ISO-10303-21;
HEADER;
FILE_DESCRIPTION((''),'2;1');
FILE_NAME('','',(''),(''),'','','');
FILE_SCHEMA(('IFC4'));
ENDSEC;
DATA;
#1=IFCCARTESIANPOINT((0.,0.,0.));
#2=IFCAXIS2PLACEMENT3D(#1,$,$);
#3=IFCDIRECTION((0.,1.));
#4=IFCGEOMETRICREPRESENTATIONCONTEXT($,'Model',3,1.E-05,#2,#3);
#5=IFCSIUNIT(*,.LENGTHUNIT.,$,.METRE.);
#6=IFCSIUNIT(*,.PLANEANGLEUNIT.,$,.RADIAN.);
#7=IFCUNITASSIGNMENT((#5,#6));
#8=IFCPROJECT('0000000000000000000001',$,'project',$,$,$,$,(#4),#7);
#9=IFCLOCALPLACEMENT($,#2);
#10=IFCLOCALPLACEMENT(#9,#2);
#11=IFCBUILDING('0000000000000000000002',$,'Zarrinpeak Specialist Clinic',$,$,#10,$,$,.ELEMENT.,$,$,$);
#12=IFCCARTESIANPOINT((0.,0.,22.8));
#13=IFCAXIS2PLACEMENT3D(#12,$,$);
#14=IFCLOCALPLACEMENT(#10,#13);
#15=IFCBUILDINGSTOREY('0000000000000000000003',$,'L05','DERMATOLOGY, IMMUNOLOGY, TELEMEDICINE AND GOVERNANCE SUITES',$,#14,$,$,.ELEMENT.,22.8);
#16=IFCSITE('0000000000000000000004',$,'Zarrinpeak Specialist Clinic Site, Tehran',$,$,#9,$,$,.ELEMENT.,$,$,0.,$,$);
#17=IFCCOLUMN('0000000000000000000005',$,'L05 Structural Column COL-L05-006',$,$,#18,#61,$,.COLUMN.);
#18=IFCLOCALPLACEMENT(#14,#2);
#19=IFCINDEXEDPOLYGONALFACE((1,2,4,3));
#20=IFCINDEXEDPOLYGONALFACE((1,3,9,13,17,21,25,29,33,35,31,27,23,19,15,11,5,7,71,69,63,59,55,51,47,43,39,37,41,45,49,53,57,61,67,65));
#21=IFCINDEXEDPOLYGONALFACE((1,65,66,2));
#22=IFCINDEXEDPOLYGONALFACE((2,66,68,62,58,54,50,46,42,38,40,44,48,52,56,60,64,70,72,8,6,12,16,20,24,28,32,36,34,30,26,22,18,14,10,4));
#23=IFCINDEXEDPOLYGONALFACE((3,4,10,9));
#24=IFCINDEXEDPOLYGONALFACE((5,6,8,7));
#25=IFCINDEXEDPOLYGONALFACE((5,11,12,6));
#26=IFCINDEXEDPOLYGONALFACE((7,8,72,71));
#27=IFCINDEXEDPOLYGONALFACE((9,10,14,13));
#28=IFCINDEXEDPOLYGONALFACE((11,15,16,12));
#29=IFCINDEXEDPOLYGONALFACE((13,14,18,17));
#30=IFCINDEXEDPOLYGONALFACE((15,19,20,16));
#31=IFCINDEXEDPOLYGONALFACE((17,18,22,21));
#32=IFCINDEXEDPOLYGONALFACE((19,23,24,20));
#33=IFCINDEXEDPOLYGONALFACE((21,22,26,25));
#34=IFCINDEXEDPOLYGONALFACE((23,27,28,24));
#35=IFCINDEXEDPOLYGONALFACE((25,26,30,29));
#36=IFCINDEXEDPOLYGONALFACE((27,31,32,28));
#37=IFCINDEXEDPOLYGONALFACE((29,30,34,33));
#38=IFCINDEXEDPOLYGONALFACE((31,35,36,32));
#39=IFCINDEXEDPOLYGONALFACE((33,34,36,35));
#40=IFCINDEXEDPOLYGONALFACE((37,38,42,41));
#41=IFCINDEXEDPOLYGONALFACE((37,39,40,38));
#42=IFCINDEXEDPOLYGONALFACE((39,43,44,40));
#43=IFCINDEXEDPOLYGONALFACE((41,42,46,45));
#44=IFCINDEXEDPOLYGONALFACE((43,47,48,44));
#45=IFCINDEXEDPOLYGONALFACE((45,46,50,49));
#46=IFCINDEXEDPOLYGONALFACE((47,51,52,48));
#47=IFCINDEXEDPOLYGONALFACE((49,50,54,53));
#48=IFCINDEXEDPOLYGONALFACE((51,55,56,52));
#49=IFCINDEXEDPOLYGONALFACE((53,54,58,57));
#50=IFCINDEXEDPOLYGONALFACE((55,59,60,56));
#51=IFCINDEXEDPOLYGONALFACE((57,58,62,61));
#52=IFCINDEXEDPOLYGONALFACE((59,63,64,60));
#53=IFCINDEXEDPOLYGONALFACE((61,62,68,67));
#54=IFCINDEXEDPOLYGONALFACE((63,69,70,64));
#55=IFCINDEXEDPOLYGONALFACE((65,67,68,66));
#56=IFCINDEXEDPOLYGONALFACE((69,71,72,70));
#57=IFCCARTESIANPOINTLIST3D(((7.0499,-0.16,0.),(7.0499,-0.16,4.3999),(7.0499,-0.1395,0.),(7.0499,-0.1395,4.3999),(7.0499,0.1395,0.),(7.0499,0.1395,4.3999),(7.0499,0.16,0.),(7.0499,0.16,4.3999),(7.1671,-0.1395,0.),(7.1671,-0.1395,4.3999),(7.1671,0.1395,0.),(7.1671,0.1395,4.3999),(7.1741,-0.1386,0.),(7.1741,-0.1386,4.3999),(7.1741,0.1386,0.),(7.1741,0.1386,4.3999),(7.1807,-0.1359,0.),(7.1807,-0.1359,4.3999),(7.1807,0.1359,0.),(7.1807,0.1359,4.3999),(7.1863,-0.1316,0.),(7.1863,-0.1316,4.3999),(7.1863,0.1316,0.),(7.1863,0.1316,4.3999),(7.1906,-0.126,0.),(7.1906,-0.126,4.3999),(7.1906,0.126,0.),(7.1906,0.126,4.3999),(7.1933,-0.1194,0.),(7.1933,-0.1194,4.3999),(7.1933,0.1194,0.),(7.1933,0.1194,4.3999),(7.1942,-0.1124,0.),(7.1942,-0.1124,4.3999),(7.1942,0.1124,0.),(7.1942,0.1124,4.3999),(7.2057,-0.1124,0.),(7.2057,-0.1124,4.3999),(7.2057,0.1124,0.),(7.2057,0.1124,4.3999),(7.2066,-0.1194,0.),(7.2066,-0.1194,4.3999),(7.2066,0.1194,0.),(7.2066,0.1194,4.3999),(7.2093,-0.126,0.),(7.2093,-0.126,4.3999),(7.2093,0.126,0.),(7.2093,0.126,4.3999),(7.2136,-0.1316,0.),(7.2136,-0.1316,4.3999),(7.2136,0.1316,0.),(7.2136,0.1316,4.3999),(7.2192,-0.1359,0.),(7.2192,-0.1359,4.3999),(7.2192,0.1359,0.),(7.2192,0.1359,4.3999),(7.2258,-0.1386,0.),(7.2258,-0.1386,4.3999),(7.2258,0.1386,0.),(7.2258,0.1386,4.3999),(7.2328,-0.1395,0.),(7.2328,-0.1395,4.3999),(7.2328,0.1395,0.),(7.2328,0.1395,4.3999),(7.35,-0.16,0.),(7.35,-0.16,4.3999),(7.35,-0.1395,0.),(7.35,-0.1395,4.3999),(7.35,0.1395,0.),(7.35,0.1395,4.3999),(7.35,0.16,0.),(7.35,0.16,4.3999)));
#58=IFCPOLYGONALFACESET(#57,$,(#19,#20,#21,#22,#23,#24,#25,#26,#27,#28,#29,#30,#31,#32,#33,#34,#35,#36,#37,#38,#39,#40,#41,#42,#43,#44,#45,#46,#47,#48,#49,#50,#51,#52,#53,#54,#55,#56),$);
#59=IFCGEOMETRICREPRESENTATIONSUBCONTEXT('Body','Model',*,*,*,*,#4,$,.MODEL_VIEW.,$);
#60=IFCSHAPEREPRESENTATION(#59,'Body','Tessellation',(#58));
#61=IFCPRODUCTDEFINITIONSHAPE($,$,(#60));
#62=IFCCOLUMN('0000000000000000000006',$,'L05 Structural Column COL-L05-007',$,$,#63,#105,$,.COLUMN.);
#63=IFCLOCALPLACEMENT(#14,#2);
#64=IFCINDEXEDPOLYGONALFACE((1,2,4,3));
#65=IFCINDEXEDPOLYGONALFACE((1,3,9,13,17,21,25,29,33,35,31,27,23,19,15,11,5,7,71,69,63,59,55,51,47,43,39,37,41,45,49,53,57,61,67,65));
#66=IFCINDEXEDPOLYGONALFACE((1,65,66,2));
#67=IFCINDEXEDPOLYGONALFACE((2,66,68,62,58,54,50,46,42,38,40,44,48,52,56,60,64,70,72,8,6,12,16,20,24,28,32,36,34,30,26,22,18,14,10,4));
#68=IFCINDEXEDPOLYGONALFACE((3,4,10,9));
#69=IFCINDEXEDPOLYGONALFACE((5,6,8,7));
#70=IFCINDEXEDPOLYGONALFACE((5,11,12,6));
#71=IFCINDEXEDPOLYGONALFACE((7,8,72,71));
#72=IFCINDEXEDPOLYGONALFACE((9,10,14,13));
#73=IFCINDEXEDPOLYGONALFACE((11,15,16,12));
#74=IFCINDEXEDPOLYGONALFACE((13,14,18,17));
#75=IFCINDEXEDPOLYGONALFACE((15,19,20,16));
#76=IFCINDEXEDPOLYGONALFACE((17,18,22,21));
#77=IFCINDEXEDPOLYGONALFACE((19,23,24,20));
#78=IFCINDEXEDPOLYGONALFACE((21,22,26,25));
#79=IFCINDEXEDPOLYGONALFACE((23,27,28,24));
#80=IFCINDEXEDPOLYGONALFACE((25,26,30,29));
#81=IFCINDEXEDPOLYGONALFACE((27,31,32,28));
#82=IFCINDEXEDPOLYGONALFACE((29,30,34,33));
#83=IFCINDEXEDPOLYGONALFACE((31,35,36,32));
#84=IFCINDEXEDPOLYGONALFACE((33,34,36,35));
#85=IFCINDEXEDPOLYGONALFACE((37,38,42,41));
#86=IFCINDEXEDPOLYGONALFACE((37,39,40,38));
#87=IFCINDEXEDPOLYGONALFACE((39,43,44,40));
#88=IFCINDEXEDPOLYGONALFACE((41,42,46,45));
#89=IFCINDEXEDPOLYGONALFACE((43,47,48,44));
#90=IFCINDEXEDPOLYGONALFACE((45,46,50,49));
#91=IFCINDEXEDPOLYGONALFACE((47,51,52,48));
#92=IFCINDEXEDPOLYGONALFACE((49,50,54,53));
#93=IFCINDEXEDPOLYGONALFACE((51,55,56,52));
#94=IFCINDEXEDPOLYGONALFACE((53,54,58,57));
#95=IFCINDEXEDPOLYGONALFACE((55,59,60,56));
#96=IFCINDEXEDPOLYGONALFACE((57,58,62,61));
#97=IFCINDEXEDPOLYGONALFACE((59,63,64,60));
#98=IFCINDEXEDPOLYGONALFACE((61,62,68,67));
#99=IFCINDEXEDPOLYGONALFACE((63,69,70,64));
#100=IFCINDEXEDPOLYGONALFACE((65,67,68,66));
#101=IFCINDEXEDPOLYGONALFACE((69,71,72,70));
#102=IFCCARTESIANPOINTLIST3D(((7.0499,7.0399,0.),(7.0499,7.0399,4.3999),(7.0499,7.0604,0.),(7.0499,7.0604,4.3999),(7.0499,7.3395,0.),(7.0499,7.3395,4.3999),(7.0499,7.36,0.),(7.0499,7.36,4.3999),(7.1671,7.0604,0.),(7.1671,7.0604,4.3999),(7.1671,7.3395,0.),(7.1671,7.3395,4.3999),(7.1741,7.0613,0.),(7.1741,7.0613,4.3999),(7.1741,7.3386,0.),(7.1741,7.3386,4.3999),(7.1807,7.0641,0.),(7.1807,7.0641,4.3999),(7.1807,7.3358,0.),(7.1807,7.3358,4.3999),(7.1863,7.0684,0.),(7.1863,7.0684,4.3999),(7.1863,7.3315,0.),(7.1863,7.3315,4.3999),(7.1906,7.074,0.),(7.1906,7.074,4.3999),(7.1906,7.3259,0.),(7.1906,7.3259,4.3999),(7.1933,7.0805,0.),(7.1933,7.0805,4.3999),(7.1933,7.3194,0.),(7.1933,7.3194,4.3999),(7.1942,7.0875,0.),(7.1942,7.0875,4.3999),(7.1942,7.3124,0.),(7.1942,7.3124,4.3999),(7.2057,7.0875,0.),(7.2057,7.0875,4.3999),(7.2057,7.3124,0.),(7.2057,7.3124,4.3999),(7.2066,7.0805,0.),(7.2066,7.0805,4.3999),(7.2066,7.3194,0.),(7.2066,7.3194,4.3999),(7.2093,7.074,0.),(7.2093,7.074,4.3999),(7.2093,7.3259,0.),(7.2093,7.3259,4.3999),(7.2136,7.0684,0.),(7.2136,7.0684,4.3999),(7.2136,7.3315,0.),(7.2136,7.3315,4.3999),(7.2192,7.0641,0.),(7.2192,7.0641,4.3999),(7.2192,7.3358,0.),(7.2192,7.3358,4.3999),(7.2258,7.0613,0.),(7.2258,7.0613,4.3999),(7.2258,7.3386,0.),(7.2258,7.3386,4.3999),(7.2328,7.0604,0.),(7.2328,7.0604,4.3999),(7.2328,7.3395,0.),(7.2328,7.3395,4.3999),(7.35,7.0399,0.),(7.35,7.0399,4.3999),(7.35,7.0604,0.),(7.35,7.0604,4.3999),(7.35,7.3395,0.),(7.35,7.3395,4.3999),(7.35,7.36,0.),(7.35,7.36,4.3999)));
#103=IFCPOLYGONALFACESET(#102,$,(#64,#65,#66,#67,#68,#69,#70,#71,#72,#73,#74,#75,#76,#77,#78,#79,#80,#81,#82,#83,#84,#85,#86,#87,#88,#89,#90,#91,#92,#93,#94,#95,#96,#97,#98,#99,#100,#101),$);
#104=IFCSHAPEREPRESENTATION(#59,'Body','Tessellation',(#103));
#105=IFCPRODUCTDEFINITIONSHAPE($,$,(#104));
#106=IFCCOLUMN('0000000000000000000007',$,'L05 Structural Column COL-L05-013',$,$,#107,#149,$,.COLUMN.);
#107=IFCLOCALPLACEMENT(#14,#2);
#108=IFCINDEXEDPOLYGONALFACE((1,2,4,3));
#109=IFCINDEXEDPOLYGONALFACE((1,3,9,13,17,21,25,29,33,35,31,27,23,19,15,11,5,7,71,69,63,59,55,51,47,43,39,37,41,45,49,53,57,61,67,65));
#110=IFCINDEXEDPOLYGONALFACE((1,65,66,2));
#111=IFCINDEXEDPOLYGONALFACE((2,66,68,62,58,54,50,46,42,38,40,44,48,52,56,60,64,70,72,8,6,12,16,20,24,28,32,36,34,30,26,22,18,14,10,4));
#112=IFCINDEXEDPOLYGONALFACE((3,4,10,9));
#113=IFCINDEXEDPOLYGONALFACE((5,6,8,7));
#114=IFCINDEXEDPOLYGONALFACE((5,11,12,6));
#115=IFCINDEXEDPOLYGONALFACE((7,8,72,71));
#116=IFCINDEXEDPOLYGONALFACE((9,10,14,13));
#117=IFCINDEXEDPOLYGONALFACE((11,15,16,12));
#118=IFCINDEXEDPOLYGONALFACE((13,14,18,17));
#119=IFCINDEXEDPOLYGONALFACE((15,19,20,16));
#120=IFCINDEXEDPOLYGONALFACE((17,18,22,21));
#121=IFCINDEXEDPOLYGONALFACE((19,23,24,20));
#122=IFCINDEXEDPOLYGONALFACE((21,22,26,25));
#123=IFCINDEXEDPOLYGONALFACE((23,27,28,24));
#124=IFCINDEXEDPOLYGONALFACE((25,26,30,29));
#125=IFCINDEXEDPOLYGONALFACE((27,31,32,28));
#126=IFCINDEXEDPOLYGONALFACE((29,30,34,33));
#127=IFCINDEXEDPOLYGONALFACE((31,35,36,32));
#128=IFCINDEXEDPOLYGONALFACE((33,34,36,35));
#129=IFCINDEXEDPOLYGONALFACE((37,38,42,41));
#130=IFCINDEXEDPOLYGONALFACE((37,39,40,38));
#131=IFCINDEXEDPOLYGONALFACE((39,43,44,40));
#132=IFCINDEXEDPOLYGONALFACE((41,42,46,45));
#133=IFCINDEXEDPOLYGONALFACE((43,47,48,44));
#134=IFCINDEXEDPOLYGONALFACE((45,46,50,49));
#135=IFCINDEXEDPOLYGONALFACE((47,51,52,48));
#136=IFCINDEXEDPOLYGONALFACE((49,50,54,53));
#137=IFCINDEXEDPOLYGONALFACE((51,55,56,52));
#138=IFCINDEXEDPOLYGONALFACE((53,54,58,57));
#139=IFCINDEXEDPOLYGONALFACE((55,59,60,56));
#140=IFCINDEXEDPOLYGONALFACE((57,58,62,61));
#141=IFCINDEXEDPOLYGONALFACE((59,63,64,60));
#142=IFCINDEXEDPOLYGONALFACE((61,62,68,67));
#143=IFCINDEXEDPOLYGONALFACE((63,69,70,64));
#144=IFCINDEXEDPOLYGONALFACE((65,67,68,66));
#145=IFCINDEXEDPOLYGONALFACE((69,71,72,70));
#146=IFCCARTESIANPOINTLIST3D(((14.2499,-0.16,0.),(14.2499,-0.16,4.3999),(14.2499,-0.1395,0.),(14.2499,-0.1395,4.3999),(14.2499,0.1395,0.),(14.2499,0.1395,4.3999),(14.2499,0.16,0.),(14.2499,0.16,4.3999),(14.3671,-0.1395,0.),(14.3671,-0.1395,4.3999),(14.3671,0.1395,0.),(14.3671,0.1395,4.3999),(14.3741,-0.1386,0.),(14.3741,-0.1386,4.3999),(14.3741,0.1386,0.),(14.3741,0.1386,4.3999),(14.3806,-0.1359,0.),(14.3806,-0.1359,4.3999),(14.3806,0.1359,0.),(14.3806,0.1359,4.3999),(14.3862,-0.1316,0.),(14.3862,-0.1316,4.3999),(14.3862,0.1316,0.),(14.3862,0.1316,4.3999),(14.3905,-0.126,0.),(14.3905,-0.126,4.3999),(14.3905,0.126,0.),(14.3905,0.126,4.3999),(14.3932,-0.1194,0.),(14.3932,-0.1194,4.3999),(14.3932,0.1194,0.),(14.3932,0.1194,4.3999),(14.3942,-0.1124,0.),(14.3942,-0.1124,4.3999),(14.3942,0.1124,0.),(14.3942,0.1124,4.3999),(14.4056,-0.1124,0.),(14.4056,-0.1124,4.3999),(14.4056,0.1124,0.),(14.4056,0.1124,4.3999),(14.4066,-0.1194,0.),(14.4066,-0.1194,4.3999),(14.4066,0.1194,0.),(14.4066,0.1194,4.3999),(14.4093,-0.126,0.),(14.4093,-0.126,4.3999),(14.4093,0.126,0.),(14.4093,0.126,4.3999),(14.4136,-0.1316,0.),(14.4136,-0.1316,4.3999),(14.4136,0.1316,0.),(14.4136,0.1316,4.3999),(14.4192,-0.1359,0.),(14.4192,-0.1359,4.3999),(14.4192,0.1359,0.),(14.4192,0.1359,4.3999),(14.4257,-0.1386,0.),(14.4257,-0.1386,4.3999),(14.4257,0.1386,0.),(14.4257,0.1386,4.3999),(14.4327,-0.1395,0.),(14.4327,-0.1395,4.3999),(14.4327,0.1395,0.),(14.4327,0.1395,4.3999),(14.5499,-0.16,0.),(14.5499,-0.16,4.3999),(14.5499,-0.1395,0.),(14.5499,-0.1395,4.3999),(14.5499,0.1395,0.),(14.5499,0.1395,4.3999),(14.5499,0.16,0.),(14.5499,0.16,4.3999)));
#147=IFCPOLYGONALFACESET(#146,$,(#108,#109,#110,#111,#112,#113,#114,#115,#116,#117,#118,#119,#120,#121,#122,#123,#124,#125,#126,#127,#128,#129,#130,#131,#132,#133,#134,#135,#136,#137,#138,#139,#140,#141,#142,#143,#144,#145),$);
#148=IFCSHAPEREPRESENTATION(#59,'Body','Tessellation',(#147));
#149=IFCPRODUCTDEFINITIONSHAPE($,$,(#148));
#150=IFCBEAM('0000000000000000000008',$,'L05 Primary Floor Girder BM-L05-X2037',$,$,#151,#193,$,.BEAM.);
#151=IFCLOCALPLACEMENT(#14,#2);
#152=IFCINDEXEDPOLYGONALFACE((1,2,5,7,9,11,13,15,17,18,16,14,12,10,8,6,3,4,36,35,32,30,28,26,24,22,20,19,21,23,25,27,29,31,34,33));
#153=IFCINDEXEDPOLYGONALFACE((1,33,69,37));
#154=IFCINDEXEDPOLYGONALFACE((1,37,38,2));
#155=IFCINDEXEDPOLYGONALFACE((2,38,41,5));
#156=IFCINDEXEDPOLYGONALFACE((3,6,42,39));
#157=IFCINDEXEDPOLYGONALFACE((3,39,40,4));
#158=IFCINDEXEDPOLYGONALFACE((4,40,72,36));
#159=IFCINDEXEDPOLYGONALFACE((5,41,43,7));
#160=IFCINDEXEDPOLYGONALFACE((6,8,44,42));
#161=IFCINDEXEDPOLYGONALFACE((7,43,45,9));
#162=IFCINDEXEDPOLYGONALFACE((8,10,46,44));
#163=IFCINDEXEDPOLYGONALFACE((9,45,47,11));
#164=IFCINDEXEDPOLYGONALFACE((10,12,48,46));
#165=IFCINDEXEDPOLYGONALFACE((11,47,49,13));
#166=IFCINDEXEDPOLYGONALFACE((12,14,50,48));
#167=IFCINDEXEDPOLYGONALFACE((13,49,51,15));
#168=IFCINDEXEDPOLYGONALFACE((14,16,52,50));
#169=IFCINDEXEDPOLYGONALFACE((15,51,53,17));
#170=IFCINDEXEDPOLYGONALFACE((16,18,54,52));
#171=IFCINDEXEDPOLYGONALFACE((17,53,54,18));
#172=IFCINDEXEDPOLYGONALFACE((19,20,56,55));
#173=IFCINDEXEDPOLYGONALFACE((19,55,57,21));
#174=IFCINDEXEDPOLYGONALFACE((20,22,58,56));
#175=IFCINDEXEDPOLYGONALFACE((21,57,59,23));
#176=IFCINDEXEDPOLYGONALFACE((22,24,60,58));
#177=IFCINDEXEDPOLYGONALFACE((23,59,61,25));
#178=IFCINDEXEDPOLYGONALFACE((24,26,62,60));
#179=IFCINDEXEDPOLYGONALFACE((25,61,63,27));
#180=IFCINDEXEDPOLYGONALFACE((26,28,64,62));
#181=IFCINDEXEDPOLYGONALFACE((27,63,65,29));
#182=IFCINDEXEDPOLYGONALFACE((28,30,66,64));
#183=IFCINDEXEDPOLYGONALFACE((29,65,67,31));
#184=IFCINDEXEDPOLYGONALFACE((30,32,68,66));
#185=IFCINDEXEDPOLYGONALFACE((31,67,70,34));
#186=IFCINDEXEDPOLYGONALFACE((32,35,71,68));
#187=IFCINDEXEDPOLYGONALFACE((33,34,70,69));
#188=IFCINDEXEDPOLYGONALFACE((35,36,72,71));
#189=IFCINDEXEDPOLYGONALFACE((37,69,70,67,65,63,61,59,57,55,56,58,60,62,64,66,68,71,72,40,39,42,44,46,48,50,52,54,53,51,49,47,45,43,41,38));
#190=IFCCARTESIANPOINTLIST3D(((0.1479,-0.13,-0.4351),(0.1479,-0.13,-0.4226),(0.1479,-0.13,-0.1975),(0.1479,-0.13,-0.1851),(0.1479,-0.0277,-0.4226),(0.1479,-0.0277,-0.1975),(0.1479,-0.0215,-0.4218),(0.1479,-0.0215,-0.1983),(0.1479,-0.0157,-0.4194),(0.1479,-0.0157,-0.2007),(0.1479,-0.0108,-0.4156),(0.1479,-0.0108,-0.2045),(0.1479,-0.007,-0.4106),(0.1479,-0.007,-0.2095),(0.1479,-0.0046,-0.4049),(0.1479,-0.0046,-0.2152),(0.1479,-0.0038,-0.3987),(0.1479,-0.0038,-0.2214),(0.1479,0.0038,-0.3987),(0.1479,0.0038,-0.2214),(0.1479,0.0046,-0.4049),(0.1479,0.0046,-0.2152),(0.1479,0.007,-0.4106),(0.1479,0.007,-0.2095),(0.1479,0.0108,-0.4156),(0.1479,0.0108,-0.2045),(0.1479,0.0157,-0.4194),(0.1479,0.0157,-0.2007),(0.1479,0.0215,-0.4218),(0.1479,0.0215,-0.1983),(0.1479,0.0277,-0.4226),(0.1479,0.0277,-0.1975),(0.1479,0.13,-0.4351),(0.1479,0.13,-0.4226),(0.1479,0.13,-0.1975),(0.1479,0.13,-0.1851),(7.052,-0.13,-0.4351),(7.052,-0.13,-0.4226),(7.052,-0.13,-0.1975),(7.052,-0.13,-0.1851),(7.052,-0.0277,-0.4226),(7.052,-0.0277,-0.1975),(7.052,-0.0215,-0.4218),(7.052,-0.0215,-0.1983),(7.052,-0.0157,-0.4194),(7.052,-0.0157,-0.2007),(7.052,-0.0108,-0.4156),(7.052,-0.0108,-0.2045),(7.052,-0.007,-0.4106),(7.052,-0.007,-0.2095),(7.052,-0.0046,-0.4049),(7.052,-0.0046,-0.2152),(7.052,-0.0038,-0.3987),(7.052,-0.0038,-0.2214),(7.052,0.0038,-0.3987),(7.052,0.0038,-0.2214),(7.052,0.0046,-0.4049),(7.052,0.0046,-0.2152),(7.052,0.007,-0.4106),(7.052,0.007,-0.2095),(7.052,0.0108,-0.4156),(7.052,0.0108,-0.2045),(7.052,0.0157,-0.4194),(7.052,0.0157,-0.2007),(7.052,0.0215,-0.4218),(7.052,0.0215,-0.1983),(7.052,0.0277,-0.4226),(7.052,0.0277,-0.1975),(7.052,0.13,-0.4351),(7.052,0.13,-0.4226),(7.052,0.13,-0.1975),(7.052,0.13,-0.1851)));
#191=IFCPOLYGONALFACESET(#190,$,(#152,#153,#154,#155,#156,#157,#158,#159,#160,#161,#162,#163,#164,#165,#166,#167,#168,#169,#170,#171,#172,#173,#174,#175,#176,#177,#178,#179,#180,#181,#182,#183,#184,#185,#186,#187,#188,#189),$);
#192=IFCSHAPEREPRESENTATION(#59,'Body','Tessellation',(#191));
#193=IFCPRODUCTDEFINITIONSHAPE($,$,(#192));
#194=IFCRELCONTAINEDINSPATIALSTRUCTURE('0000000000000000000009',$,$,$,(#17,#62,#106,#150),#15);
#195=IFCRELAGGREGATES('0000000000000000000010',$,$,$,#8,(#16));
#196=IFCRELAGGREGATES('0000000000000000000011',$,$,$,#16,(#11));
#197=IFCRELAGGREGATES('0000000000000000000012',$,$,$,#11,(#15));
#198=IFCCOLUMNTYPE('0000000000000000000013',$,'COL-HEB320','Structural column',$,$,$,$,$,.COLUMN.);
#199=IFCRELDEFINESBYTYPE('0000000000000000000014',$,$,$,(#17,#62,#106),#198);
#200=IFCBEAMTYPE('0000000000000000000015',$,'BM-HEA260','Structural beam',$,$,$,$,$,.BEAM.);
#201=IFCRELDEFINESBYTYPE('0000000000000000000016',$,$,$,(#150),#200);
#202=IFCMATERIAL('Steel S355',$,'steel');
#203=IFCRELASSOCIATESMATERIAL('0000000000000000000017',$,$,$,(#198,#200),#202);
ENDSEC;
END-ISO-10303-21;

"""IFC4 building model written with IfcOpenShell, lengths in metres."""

from ifc_helpers import new_model, si_unit, direction, frame, origin, origin_2d, place, context, subcontext, project, spatial, i_section, extrude, material, material_profile, profile_set, type_object, element, save


model = new_model("IFC4")

# Units and contexts
model_context = context("Model", 3, precision=1e-05, world=origin(), true_north=direction((0.0, 1.0)))
body_context = subcontext(model_context, "Body", "Model", "MODEL_VIEW")
ifc_project = project(units=[si_unit("LENGTHUNIT", "METRE"), si_unit("PLANEANGLEUNIT", "RADIAN")], contexts=[model_context])

# Site, building, storey
site_placement = place(None, origin())
site = spatial("IfcSite", under=ifc_project, at=site_placement, Name="Zarrinpeak Specialist Clinic Site, Tehran", CompositionType="ELEMENT", RefElevation=0.0)
building_placement = place(site_placement, origin())
building = spatial("IfcBuilding", under=site, at=building_placement, Name="Zarrinpeak Specialist Clinic", CompositionType="ELEMENT")
storey_placement = place(building_placement, frame((0.0, 0.0, 22.8)))
storey = spatial("IfcBuildingStorey", under=building, at=storey_placement, Name="L05", Description="DERMATOLOGY, IMMUNOLOGY, TELEMEDICINE AND GOVERNANCE SUITES", CompositionType="ELEMENT", Elevation=22.8)

# Columns
ifc_material_1 = material(Name="Steel S355", Category="steel")
ifc_material_profile_1 = material_profile(ifc_material_1, i_section(OverallWidth=0.3, OverallDepth=0.3201, WebThickness=0.0115, FlangeThickness=0.0205, FilletRadius=0.0271, at=origin_2d()), Name="HEB 320")
ifc_profile_set_1 = profile_set([ifc_material_profile_1], Name="Steel S355")
column_type = type_object("IfcColumnType", Name="COL-HEB320", Description="Structural column", PredefinedType="COLUMN", material=ifc_profile_set_1)
for number, where, z_axis, x_axis, name in (
    (1, (7.2, 0.0, 0.0), (0.0, 0.0, 1.0), (1.0, 0.0, 0.0), "L05 Structural Column COL-L05-006"),
    (2, (7.2, 7.2, 0.0), (0.0, 0.0, 1.0), (1.0, 0.0, 0.0), "L05 Structural Column COL-L05-007"),
    (3, (14.3999, 0.0, 0.0), (0.0, 0.0, 1.0), (1.0, 0.0, 0.0), "L05 Structural Column COL-L05-013"),
):
    element("IfcColumn", number, at=place(storey_placement, frame(where, z_axis=z_axis, x_axis=x_axis)), inside=storey, type_object=column_type, Name=name, PredefinedType="COLUMN", context=body_context, shape_type="SweptSolid", body=[
        extrude(i_section(OverallWidth=0.3, OverallDepth=0.3201, WebThickness=0.0115, FlangeThickness=0.0205, FilletRadius=0.0271, at=origin_2d()), origin(), (0.0, 0.0, 1.0), 4.3999),
    ])

# Beam
ifc_material_profile_2 = material_profile(ifc_material_1, i_section(OverallWidth=0.26, OverallDepth=0.25, WebThickness=0.0076, FlangeThickness=0.0125, FilletRadius=0.0239, at=origin_2d()), Name="HEA 260")
ifc_profile_set_2 = profile_set([ifc_material_profile_2], Name="Steel S355")
beam_type_1 = type_object("IfcBeamType", Name="BM-HEA260", Description="Structural beam", PredefinedType="BEAM", material=ifc_profile_set_2)
for number, where, z_axis, x_axis, name in (
    (4, (0.1479, 0.0, -0.3101), (1.0, 0.0, 0.0), (0.0, 1.0, 0.0), "L05 Primary Floor Girder BM-L05-X2037"),
):
    element("IfcBeam", number, at=place(storey_placement, frame(where, z_axis=z_axis, x_axis=x_axis)), inside=storey, type_object=beam_type_1, Name=name, PredefinedType="BEAM", context=body_context, shape_type="SweptSolid", body=[
        extrude(i_section(OverallWidth=0.26, OverallDepth=0.25, WebThickness=0.0076, FlangeThickness=0.0125, FilletRadius=0.0239, at=origin_2d()), origin(), (0.0, 0.0, 1.0), 6.9041),
    ])

save(model, "model.ifc")
